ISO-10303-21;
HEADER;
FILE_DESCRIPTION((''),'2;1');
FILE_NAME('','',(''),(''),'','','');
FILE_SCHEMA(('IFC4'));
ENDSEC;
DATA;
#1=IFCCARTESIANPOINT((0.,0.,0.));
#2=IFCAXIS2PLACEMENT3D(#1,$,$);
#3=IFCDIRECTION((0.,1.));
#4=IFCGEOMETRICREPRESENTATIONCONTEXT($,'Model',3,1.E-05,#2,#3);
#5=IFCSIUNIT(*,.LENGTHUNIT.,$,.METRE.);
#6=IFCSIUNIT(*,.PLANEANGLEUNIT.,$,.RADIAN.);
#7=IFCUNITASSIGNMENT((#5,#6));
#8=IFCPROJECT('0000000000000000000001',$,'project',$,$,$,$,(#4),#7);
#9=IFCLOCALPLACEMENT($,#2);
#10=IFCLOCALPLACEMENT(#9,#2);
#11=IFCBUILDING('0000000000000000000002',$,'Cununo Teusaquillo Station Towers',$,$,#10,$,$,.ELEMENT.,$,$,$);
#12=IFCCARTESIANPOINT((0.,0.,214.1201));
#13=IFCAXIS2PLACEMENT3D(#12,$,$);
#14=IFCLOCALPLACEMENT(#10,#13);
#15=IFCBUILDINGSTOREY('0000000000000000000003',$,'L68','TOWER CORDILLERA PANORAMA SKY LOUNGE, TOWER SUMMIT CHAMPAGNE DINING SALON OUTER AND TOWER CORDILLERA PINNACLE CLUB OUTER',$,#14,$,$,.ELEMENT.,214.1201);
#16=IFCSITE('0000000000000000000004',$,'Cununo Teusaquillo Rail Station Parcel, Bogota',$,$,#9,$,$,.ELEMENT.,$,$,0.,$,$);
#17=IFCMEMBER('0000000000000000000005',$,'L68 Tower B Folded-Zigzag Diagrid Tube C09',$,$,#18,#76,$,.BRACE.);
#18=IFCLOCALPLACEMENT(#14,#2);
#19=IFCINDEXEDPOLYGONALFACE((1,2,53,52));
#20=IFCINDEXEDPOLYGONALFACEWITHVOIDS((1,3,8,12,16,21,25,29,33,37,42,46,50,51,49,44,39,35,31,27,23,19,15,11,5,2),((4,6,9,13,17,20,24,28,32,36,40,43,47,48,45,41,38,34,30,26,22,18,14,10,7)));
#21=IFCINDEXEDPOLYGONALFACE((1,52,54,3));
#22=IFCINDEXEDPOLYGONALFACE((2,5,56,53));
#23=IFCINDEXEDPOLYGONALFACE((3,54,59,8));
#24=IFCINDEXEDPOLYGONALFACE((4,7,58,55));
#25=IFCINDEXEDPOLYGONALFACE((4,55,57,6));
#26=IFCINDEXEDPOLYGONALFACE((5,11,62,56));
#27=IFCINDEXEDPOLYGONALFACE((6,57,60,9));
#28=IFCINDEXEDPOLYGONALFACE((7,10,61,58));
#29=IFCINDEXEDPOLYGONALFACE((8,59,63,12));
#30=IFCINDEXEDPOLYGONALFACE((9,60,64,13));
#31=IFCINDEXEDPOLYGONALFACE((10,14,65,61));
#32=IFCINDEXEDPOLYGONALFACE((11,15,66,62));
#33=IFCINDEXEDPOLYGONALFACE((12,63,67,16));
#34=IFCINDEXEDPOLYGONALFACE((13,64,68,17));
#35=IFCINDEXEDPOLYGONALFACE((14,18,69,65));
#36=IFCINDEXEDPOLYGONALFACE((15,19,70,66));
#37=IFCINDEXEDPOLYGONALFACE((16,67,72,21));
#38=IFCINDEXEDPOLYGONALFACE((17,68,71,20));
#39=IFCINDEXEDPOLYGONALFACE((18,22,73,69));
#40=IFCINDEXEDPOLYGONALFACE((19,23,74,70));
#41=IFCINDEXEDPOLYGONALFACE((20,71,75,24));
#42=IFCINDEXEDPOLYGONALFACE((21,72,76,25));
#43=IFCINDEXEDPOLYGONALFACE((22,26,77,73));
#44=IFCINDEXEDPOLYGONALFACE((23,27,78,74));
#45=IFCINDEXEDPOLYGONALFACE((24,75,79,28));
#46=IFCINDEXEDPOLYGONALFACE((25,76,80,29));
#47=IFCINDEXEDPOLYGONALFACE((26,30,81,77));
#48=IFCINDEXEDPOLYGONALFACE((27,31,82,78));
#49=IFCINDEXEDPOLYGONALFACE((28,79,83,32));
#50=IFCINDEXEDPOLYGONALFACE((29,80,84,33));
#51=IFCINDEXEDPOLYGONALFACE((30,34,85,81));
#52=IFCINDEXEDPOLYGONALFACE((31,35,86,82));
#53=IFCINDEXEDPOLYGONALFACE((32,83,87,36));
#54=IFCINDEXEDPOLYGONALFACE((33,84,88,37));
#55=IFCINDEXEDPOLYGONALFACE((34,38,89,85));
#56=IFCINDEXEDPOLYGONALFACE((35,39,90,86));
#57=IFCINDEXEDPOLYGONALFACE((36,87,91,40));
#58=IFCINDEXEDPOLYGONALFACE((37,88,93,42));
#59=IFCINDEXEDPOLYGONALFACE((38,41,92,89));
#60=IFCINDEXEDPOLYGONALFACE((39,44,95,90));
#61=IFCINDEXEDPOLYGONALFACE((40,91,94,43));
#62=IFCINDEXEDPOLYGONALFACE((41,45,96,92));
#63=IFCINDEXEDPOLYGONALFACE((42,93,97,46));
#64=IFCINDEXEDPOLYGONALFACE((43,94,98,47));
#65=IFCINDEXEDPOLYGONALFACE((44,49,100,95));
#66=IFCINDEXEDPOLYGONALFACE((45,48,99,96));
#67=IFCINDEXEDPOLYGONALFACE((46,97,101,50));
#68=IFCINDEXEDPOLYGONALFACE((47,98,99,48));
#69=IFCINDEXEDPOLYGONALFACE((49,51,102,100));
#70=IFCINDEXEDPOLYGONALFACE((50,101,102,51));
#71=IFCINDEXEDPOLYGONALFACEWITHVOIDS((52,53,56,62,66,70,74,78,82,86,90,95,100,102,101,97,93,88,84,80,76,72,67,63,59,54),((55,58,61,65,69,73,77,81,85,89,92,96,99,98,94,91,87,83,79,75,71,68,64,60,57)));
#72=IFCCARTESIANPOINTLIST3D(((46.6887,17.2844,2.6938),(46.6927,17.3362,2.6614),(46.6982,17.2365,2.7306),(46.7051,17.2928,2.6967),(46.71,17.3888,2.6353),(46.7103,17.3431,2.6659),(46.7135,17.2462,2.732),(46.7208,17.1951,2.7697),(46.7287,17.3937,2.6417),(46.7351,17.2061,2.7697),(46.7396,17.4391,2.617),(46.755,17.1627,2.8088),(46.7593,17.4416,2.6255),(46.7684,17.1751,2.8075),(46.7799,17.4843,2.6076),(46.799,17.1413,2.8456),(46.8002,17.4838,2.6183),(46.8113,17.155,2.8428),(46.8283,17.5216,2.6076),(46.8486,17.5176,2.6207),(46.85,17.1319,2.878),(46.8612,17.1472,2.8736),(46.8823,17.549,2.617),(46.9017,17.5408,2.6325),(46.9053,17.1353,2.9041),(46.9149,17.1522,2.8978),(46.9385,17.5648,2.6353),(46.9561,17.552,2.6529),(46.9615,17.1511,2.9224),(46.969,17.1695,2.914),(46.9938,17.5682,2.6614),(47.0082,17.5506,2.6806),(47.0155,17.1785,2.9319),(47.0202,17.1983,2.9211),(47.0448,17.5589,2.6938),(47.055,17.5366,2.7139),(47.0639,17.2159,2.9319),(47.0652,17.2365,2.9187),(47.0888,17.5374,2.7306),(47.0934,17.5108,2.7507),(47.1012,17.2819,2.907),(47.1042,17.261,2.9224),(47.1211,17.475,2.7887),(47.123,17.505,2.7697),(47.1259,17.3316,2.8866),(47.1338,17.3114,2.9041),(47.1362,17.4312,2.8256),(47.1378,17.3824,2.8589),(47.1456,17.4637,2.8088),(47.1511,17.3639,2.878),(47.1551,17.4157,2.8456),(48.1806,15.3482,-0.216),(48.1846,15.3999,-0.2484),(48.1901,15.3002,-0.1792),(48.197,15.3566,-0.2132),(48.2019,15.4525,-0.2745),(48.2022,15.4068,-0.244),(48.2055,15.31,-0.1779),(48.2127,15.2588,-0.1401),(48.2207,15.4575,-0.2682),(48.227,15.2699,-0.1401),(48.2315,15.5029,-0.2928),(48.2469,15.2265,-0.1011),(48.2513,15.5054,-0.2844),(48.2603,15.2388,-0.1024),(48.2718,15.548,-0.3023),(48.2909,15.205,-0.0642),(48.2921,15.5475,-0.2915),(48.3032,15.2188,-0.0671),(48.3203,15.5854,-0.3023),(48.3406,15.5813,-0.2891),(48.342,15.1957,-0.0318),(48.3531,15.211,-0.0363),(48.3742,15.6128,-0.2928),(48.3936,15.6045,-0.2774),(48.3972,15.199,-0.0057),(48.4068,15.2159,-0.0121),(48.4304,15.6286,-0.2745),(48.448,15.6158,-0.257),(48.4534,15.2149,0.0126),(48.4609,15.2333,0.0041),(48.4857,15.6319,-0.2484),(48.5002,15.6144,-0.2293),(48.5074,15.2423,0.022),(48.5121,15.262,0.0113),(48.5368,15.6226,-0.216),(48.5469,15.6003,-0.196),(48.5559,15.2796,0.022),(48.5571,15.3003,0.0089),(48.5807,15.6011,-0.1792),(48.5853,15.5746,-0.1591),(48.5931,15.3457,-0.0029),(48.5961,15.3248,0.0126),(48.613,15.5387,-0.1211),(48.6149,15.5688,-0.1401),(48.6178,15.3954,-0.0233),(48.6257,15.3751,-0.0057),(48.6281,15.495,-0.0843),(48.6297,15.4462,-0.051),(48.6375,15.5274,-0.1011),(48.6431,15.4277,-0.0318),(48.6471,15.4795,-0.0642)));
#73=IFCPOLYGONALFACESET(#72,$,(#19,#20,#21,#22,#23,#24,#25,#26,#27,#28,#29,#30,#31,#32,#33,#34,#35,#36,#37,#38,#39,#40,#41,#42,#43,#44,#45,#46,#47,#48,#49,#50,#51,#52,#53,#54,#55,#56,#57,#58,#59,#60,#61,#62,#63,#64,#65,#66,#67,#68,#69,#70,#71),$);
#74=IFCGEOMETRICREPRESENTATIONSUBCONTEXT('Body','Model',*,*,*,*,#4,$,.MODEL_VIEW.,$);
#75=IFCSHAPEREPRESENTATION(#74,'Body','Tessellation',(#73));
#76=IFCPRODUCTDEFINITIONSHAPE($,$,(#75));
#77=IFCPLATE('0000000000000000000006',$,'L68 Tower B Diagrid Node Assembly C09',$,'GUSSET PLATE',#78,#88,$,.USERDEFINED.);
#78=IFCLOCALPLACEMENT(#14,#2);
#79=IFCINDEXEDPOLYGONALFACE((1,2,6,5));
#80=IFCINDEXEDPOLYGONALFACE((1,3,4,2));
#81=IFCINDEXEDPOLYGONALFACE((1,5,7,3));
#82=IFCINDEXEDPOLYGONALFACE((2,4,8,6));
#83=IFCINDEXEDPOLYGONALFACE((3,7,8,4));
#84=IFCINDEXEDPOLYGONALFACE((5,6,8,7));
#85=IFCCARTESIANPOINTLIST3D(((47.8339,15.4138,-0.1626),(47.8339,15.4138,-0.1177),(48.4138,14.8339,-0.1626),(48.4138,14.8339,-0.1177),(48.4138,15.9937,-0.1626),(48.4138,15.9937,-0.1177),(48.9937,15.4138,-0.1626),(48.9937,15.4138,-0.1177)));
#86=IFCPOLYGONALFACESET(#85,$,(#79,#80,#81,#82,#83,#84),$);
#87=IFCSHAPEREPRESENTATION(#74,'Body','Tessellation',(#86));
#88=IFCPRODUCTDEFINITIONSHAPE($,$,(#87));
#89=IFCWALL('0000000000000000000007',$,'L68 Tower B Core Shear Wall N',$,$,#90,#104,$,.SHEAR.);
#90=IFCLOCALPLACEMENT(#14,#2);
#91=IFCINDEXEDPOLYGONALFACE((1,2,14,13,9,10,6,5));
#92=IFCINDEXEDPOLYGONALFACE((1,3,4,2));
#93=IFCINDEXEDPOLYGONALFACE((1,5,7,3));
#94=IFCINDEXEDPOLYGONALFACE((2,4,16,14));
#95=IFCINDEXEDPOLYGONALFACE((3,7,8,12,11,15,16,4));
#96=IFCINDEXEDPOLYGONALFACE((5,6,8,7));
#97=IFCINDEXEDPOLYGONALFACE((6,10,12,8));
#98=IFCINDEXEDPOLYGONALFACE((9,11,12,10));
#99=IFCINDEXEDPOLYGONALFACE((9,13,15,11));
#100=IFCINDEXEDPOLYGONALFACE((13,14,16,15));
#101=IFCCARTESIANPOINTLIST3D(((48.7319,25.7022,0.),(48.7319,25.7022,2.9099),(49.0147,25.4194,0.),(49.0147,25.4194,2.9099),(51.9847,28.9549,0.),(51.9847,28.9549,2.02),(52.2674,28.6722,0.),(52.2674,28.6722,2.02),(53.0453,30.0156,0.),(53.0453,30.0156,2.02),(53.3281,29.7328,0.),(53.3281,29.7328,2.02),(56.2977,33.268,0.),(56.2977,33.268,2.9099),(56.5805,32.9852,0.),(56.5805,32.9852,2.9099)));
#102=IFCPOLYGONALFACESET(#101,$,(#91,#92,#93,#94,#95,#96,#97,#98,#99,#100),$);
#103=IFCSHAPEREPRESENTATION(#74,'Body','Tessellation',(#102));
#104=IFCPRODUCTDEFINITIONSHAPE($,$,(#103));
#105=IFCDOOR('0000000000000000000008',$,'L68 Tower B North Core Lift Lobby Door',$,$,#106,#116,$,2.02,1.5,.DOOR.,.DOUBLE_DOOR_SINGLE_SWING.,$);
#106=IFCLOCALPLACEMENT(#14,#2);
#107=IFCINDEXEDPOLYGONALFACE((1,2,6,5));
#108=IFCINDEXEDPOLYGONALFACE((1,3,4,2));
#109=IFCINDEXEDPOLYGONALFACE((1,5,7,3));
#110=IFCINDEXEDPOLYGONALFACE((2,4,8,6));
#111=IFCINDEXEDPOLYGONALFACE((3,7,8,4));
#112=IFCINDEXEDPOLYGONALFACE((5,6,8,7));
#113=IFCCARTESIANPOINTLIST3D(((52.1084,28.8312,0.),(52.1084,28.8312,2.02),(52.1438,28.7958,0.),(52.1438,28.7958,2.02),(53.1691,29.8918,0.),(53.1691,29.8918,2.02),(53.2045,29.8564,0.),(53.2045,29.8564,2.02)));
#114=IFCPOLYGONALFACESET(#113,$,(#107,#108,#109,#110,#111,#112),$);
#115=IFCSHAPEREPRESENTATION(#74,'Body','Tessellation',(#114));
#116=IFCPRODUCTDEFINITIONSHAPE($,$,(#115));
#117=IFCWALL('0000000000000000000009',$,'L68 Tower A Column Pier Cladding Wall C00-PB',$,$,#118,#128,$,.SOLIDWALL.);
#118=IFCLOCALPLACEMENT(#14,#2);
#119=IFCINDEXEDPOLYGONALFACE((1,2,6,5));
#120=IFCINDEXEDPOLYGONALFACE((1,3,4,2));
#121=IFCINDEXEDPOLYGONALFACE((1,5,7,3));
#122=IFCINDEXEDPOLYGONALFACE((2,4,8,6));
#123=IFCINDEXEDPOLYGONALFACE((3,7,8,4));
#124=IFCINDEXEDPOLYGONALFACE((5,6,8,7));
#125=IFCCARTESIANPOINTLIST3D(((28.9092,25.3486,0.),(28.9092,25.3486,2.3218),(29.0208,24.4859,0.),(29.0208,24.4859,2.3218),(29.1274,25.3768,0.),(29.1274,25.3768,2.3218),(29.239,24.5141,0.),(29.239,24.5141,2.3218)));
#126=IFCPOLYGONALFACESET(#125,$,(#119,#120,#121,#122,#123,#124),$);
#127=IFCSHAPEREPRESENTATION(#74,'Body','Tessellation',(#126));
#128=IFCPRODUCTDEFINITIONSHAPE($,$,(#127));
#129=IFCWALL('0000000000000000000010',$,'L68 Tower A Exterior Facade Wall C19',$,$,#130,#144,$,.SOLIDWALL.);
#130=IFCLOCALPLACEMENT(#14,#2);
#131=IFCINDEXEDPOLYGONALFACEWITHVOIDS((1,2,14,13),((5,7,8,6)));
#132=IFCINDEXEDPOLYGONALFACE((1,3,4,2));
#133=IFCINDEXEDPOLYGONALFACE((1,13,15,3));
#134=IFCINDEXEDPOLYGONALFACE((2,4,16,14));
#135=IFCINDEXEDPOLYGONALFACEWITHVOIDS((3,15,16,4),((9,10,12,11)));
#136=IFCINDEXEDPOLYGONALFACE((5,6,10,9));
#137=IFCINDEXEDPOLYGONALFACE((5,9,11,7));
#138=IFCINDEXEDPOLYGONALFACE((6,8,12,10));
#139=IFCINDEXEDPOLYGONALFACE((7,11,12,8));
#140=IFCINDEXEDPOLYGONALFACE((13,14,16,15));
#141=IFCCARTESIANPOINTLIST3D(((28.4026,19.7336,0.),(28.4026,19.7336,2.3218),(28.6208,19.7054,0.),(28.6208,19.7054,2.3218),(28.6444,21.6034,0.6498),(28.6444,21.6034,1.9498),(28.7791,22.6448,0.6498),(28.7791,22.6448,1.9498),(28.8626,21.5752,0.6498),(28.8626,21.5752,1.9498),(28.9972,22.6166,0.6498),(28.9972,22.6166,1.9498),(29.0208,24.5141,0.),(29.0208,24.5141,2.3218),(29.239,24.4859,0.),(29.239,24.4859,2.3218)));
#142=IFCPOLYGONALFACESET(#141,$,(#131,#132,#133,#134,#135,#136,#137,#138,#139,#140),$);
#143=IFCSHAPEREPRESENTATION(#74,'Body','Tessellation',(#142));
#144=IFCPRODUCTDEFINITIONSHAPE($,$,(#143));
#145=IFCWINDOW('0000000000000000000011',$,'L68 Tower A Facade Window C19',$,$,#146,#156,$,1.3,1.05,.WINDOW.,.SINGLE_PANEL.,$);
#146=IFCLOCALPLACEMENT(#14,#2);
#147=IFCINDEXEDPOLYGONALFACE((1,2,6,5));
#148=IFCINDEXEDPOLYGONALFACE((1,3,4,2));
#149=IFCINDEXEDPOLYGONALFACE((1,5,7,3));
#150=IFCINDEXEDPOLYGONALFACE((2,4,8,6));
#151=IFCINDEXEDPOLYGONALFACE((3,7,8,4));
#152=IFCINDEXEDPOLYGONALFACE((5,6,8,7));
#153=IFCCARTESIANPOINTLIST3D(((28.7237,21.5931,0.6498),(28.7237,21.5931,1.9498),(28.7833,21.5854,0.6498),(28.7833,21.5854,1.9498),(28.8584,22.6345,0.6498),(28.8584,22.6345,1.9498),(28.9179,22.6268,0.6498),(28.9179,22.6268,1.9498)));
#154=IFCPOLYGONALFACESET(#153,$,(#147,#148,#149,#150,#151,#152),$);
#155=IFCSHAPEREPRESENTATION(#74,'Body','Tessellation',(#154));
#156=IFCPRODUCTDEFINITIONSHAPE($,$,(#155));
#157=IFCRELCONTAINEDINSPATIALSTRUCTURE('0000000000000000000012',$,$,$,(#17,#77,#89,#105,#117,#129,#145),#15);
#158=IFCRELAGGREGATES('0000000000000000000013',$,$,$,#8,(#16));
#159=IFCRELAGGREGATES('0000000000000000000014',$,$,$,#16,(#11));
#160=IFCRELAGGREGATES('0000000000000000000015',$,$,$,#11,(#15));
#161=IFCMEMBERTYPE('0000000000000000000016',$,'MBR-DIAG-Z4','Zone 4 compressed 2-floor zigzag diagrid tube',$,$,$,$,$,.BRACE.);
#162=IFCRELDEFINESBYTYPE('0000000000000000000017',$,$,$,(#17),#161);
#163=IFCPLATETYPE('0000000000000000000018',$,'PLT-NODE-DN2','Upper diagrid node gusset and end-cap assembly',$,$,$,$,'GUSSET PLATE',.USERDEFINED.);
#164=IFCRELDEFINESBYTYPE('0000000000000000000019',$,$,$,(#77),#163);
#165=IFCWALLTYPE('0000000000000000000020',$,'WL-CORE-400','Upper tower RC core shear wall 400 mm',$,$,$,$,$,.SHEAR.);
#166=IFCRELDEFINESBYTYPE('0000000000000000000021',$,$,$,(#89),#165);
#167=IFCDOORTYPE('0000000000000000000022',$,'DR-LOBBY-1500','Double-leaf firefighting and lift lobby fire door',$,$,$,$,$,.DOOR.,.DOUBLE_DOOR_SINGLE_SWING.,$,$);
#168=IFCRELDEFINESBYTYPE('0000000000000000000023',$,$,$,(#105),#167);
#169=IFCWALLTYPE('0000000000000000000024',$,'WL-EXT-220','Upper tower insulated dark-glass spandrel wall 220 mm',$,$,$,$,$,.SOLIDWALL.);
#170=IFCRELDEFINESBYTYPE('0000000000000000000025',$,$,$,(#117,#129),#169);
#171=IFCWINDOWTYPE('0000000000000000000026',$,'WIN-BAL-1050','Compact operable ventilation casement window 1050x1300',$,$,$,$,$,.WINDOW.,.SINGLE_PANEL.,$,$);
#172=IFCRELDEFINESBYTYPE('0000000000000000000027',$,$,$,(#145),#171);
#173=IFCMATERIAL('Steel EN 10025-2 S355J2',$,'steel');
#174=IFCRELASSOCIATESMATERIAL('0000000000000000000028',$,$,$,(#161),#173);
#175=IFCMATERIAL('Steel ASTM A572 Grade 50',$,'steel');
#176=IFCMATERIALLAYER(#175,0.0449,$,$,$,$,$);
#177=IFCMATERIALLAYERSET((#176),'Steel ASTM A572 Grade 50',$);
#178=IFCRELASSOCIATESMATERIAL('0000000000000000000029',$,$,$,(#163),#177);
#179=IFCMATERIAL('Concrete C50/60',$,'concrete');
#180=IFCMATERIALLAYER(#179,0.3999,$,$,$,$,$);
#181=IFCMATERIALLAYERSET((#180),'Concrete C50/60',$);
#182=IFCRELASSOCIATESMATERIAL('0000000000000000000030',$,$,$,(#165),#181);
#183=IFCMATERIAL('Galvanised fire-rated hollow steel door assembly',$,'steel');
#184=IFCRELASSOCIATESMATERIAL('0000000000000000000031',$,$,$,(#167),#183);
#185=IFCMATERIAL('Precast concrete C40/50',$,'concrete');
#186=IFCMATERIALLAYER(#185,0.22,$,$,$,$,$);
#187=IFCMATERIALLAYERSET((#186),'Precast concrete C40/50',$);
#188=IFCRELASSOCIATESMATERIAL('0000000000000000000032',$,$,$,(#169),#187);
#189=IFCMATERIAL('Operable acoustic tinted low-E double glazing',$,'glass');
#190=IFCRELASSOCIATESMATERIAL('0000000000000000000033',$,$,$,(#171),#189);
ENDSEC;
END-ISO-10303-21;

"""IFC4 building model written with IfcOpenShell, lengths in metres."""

from ifc_helpers import new_model, si_unit, direction, frame, frame_2d, origin, origin_2d, place, context, subcontext, project, spatial, rectangle, hollow_circle, extrude, source, transform, mapped, material, layer, layer_set, material_profile, profile_set, type_object, element, fill, save


model = new_model("IFC4")

# Units and contexts
model_context = context("Model", 3, precision=1e-05, world=origin(), true_north=direction((0.0, 1.0)))
body_context = subcontext(model_context, "Body", "Model", "MODEL_VIEW")
ifc_project = project(units=[si_unit("LENGTHUNIT", "METRE"), si_unit("PLANEANGLEUNIT", "RADIAN")], contexts=[model_context])

# Site, building, storey
site_placement = place(None, origin())
site = spatial("IfcSite", under=ifc_project, at=site_placement, Name="Cununo Teusaquillo Rail Station Parcel, Bogota", CompositionType="ELEMENT", RefElevation=0.0)
building_placement = place(site_placement, origin())
building = spatial("IfcBuilding", under=site, at=building_placement, Name="Cununo Teusaquillo Station Towers", CompositionType="ELEMENT")
storey_placement = place(building_placement, frame((0.0, 0.0, 214.1201)))
storey = spatial("IfcBuildingStorey", under=building, at=storey_placement, Name="L68", Description="TOWER CORDILLERA PANORAMA SKY LOUNGE, TOWER SUMMIT CHAMPAGNE DINING SALON OUTER AND TOWER CORDILLERA PINNACLE CLUB OUTER", CompositionType="ELEMENT", Elevation=214.1201)

# Member
ifc_material_1 = material(Name="Steel EN 10025-2 S355J2", Category="steel")
ifc_material_profile_1 = material_profile(ifc_material_1, hollow_circle(Radius=0.2539, WallThickness=0.0181, at=origin_2d()), Name="CHS 508x18")
ifc_profile_set_1 = profile_set([ifc_material_profile_1], Name="Steel EN 10025-2 S355J2")
member_type_1 = type_object("IfcMemberType", Name="MBR-DIAG-Z4", Description="Zone 4 compressed 2-floor zigzag diagrid tube", PredefinedType="BRACE", material=ifc_profile_set_1)
member_1_placement = place(storey_placement, frame((48.4138, 15.4138, -0.1401), z_axis=(-0.392581, 0.5095, 0.765696), x_axis=(-0.79213, -0.610353, 0.0)))
element("IfcMember", 1, at=member_1_placement, inside=storey, type_object=member_type_1, Name="L68 Tower B Folded-Zigzag Diagrid Tube C09", PredefinedType="BRACE", context=body_context, shape_type="SweptSolid", body=[
    extrude(hollow_circle(Radius=0.2539, WallThickness=0.0181, at=origin_2d()), origin(), (0.0, 0.0, 1.0), 3.8003),
])

# Plate
ifc_material_2 = material(Name="Steel ASTM A572 Grade 50", Category="steel")
ifc_layer_1 = layer(ifc_material_2, 0.0449)
ifc_layer_set_1 = layer_set([ifc_layer_1], Name="Steel ASTM A572 Grade 50")
plate_type = type_object("IfcPlateType", Name="PLT-NODE-DN2", Description="Upper diagrid node gusset and end-cap assembly", ElementType="GUSSET PLATE", PredefinedType="USERDEFINED", material=ifc_layer_set_1)
shared_shape_1 = source(origin(), body_context, "Body", "SweptSolid", [
    extrude(rectangle(XDim=0.8201, YDim=0.8201, at=origin_2d()), origin(), (0.0, 0.0, 1.0), 0.0449),
])
plate_placement = place(storey_placement, frame((48.4138, 15.4138, -0.1626), z_axis=(0.0, 0.0, 1.0), x_axis=(0.707107, 0.707107, 0.0)))
element("IfcPlate", 2, at=plate_placement, inside=storey, type_object=plate_type, Name="L68 Tower B Diagrid Node Assembly C09", ObjectType="GUSSET PLATE", PredefinedType="USERDEFINED", context=body_context, shape_type="MappedRepresentation", body=[
    mapped(shared_shape_1, transform((0.0, 0.0, 0.0), x_axis=(1.0, 0.0, 0.0), y_axis=(0.0, 1.0, 0.0), z_axis=(0.0, 0.0, 1.0), scale=1.0)),
])

# Wall, opening, door
ifc_material_3 = material(Name="Concrete C50/60", Category="concrete")
ifc_layer_2 = layer(ifc_material_3, 0.3999)
ifc_layer_set_2 = layer_set([ifc_layer_2], Name="Concrete C50/60")
wall_type_1 = type_object("IfcWallType", Name="WL-CORE-400", Description="Upper tower RC core shear wall 400 mm", PredefinedType="SHEAR", material=ifc_layer_set_2)
wall_1_placement = place(storey_placement, frame((48.8733, 25.5608, 0.0), z_axis=(0.0, 0.0, 1.0), x_axis=(0.707107, 0.707107, 0.0)))
wall_1 = element("IfcWall", 3, at=wall_1_placement, inside=storey, type_object=wall_type_1, Name="L68 Tower B Core Shear Wall N", PredefinedType="SHEAR", context=body_context, shape_type="SweptSolid", body=[
    extrude(rectangle(XDim=10.6997, YDim=0.3999, at=frame_2d((5.3499, 0.0))), origin(), (0.0, 0.0, 1.0), 2.9099),
])
shared_shape_2 = source(origin(), body_context, "Body", "SweptSolid", [
    extrude(rectangle(XDim=1.5, YDim=2.02, at=frame_2d((0.75, 1.01))), frame((0.0, 0.21, 0.0), z_axis=(0.0, -1.0, 0.0), x_axis=(1.0, 0.0, 0.0)), (0.0, 0.0, 1.0), 0.4199),
])
opening_1_placement = place(wall_1_placement, frame((4.6001, 0.0, 0.0)))
opening_1 = element("IfcOpeningElement", 4, at=opening_1_placement, cuts=wall_1, PredefinedType="OPENING", context=body_context, shape_type="MappedRepresentation", body=[
    mapped(shared_shape_2, transform((0.0, 0.0, 0.0), x_axis=(1.0, 0.0, 0.0), y_axis=(0.0, 1.0, 0.0), z_axis=(0.0, 0.0, 1.0), scale=1.0)),
])
ifc_material_4 = material(Name="Galvanised fire-rated hollow steel door assembly", Category="steel")
door_type_1 = type_object("IfcDoorType", Name="DR-LOBBY-1500", Description="Double-leaf firefighting and lift lobby fire door", OperationType="DOUBLE_DOOR_SINGLE_SWING", PredefinedType="DOOR", material=ifc_material_4)
shared_shape_3 = source(origin(), body_context, "Body", "SweptSolid", [
    extrude(rectangle(XDim=1.5, YDim=2.02, at=frame_2d((0.75, 1.01))), frame((0.0, 0.0249, 0.0), z_axis=(0.0, -1.0, 0.0), x_axis=(1.0, 0.0, 0.0)), (0.0, 0.0, 1.0), 0.05),
])
door_1_placement = place(opening_1_placement, origin())
door_1 = element("IfcDoor", 5, at=door_1_placement, inside=storey, type_object=door_type_1, Name="L68 Tower B North Core Lift Lobby Door", OperationType="DOUBLE_DOOR_SINGLE_SWING", OverallHeight=2.02, OverallWidth=1.5, PredefinedType="DOOR", context=body_context, shape_type="MappedRepresentation", body=[
    mapped(shared_shape_3, transform((0.0, 0.0, 0.0), x_axis=(1.0, 0.0, 0.0), y_axis=(0.0, 1.0, 0.0), z_axis=(0.0, 0.0, 1.0), scale=1.0)),
])
fill(opening_1, door_1)

# Wall
ifc_material_5 = material(Name="Precast concrete C40/50", Category="concrete")
ifc_layer_3 = layer(ifc_material_5, 0.22)
ifc_layer_set_3 = layer_set([ifc_layer_3], Name="Precast concrete C40/50")
wall_type_2 = type_object("IfcWallType", Name="WL-EXT-220", Description="Upper tower insulated dark-glass spandrel wall 220 mm", PredefinedType="SOLIDWALL", material=ifc_layer_set_3)
wall_2_placement = place(storey_placement, frame((29.0183, 25.3628, 0.0), z_axis=(0.0, 0.0, 1.0), x_axis=(0.128247, -0.991742, 0.0)))
element("IfcWall", 6, at=wall_2_placement, inside=storey, type_object=wall_type_2, Name="L68 Tower A Column Pier Cladding Wall C00-PB", PredefinedType="SOLIDWALL", context=body_context, shape_type="SweptSolid", body=[
    extrude(rectangle(XDim=0.8699, YDim=0.22, at=frame_2d((0.4351, 0.0))), origin(), (0.0, 0.0, 1.0), 2.3218),
])

# Wall, opening, window
wall_3_placement = place(storey_placement, frame((29.1299, 24.5, 0.0), z_axis=(0.0, 0.0, 1.0), x_axis=(-0.128241, -0.991743, 0.0)))
wall_3 = element("IfcWall", 7, at=wall_3_placement, inside=storey, type_object=wall_type_2, Name="L68 Tower A Exterior Facade Wall C19", PredefinedType="SOLIDWALL", context=body_context, shape_type="SweptSolid", body=[
    extrude(rectangle(XDim=4.8203, YDim=0.22, at=frame_2d((2.4102, 0.0))), origin(), (0.0, 0.0, 1.0), 2.3218),
])
shared_shape_4 = source(origin(), body_context, "Body", "SweptSolid", [
    extrude(rectangle(XDim=1.05, YDim=1.3, at=frame_2d((0.5249, 0.6499))), frame((0.0, 0.1199, 0.0), z_axis=(0.0, -1.0, 0.0), x_axis=(1.0, 0.0, 0.0)), (0.0, 0.0, 1.0), 0.24),
])
opening_2_placement = place(wall_3_placement, frame((1.885, 0.0, 0.6499)))
opening_2 = element("IfcOpeningElement", 8, at=opening_2_placement, cuts=wall_3, PredefinedType="OPENING", context=body_context, shape_type="MappedRepresentation", body=[
    mapped(shared_shape_4, transform((0.0, 0.0, 0.0), x_axis=(1.0, 0.0, 0.0), y_axis=(0.0, 1.0, 0.0), z_axis=(0.0, 0.0, 1.0), scale=1.0)),
])
ifc_material_6 = material(Name="Operable acoustic tinted low-E double glazing", Category="glass")
window_type = type_object("IfcWindowType", Name="WIN-BAL-1050", Description="Compact operable ventilation casement window 1050x1300", PartitioningType="SINGLE_PANEL", PredefinedType="WINDOW", material=ifc_material_6)
shared_shape_5 = source(origin(), body_context, "Body", "SweptSolid", [
    extrude(rectangle(XDim=1.05, YDim=1.3, at=frame_2d((0.5249, 0.6499))), frame((0.0, 0.03, 0.0), z_axis=(0.0, -1.0, 0.0), x_axis=(1.0, 0.0, 0.0)), (0.0, 0.0, 1.0), 0.0601),
])
window_1_placement = place(opening_2_placement, origin())
window_1 = element("IfcWindow", 9, at=window_1_placement, inside=storey, type_object=window_type, Name="L68 Tower A Facade Window C19", OverallHeight=1.3, OverallWidth=1.05, PartitioningType="SINGLE_PANEL", PredefinedType="WINDOW", context=body_context, shape_type="MappedRepresentation", body=[
    mapped(shared_shape_5, transform((0.0, 0.0, 0.0), x_axis=(1.0, 0.0, 0.0), y_axis=(0.0, 1.0, 0.0), z_axis=(0.0, 0.0, 1.0), scale=1.0)),
])
fill(opening_2, window_1)

save(model, "model.ifc")
